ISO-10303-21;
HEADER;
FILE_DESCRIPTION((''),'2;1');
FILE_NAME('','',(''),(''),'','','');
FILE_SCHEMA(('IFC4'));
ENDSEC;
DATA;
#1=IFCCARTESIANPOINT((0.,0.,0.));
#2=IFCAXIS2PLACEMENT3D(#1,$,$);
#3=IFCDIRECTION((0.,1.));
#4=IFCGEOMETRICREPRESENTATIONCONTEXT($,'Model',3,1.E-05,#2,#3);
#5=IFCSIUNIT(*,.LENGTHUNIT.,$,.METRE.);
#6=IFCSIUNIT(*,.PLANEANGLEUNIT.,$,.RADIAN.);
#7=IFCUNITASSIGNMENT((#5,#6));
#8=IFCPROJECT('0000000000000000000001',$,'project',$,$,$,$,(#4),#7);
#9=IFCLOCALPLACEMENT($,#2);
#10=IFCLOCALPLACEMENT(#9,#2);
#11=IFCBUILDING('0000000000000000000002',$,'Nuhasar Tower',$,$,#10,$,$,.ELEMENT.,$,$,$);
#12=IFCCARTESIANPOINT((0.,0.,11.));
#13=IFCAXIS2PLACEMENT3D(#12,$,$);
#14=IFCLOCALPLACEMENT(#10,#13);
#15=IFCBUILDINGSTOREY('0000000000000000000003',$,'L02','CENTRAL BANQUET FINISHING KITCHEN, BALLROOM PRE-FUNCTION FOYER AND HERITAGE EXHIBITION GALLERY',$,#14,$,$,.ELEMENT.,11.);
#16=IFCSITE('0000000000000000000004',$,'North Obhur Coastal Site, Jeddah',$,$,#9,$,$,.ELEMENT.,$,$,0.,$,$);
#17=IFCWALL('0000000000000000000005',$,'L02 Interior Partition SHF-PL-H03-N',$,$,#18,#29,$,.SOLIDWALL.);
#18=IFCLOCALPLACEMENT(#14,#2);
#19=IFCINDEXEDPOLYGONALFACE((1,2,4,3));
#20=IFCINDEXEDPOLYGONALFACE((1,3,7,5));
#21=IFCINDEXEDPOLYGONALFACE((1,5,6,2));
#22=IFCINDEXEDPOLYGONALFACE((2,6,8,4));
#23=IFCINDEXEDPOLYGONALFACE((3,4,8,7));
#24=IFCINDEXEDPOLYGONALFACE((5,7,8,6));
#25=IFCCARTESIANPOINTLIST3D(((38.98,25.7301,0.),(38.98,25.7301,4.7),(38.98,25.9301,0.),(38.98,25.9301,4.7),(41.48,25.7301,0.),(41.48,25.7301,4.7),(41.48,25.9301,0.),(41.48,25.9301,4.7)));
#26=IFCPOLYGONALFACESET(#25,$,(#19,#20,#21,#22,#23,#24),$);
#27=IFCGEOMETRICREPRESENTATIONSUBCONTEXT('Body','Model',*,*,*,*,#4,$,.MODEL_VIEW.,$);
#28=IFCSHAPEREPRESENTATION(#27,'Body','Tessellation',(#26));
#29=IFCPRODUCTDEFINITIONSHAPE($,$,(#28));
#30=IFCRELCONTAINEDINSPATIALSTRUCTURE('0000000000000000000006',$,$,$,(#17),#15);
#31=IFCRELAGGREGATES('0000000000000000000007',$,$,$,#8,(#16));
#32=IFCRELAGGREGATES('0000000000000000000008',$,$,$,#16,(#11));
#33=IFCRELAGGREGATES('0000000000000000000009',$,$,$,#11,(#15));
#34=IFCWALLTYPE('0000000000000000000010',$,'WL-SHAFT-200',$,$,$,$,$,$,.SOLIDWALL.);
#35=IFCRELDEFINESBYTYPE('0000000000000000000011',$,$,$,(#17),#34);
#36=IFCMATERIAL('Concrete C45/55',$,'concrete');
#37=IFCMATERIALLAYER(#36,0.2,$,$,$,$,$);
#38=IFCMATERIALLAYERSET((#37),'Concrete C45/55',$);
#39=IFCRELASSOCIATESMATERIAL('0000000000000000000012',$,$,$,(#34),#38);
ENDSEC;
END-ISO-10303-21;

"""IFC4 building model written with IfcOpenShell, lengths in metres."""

from ifc_helpers import new_model, si_unit, direction, frame, frame_2d, origin, place, context, subcontext, project, spatial, rectangle, extrude, material, layer, layer_set, type_object, element, save


model = new_model("IFC4")

# Units and contexts
model_context = context("Model", 3, precision=1e-05, world=origin(), true_north=direction((0.0, 1.0)))
body_context = subcontext(model_context, "Body", "Model", "MODEL_VIEW")
ifc_project = project(units=[si_unit("LENGTHUNIT", "METRE"), si_unit("PLANEANGLEUNIT", "RADIAN")], contexts=[model_context])

# Site, building, storey
site_placement = place(None, origin())
site = spatial("IfcSite", under=ifc_project, at=site_placement, Name="North Obhur Coastal Site, Jeddah", CompositionType="ELEMENT", RefElevation=0.0)
building_placement = place(site_placement, origin())
building = spatial("IfcBuilding", under=site, at=building_placement, Name="Nuhasar Tower", CompositionType="ELEMENT")
storey_placement = place(building_placement, frame((0.0, 0.0, 11.0)))
storey = spatial("IfcBuildingStorey", under=building, at=storey_placement, Name="L02", Description="CENTRAL BANQUET FINISHING KITCHEN, BALLROOM PRE-FUNCTION FOYER AND HERITAGE EXHIBITION GALLERY", CompositionType="ELEMENT", Elevation=11.0)

# Shared definitions
ifc_material_1 = material(Name="Concrete C45/55", Category="concrete")

# Wall
ifc_layer_1 = layer(ifc_material_1, 0.2)
ifc_layer_set_1 = layer_set([ifc_layer_1], Name="Concrete C45/55")
wall_type_1 = type_object("IfcWallType", Name="WL-SHAFT-200", PredefinedType="SOLIDWALL", material=ifc_layer_set_1)
for number, where, z_axis, x_axis, name in (
    (1, (38.98, 25.8301, 0.0), (0.0, 0.0, 1.0), (1.0, 0.0, 0.0), "L02 Interior Partition SHF-PL-H03-N"),
):
    element("IfcWall", number, at=place(storey_placement, frame(where, z_axis=z_axis, x_axis=x_axis)), inside=storey, type_object=wall_type_1, Name=name, PredefinedType="SOLIDWALL", context=body_context, shape_type="SweptSolid", body=[
        extrude(rectangle(XDim=2.5, YDim=0.2, at=frame_2d((1.25, 0.0))), origin(), (0.0, 0.0, 1.0), 4.7),
    ])

save(model, "model.ifc")
